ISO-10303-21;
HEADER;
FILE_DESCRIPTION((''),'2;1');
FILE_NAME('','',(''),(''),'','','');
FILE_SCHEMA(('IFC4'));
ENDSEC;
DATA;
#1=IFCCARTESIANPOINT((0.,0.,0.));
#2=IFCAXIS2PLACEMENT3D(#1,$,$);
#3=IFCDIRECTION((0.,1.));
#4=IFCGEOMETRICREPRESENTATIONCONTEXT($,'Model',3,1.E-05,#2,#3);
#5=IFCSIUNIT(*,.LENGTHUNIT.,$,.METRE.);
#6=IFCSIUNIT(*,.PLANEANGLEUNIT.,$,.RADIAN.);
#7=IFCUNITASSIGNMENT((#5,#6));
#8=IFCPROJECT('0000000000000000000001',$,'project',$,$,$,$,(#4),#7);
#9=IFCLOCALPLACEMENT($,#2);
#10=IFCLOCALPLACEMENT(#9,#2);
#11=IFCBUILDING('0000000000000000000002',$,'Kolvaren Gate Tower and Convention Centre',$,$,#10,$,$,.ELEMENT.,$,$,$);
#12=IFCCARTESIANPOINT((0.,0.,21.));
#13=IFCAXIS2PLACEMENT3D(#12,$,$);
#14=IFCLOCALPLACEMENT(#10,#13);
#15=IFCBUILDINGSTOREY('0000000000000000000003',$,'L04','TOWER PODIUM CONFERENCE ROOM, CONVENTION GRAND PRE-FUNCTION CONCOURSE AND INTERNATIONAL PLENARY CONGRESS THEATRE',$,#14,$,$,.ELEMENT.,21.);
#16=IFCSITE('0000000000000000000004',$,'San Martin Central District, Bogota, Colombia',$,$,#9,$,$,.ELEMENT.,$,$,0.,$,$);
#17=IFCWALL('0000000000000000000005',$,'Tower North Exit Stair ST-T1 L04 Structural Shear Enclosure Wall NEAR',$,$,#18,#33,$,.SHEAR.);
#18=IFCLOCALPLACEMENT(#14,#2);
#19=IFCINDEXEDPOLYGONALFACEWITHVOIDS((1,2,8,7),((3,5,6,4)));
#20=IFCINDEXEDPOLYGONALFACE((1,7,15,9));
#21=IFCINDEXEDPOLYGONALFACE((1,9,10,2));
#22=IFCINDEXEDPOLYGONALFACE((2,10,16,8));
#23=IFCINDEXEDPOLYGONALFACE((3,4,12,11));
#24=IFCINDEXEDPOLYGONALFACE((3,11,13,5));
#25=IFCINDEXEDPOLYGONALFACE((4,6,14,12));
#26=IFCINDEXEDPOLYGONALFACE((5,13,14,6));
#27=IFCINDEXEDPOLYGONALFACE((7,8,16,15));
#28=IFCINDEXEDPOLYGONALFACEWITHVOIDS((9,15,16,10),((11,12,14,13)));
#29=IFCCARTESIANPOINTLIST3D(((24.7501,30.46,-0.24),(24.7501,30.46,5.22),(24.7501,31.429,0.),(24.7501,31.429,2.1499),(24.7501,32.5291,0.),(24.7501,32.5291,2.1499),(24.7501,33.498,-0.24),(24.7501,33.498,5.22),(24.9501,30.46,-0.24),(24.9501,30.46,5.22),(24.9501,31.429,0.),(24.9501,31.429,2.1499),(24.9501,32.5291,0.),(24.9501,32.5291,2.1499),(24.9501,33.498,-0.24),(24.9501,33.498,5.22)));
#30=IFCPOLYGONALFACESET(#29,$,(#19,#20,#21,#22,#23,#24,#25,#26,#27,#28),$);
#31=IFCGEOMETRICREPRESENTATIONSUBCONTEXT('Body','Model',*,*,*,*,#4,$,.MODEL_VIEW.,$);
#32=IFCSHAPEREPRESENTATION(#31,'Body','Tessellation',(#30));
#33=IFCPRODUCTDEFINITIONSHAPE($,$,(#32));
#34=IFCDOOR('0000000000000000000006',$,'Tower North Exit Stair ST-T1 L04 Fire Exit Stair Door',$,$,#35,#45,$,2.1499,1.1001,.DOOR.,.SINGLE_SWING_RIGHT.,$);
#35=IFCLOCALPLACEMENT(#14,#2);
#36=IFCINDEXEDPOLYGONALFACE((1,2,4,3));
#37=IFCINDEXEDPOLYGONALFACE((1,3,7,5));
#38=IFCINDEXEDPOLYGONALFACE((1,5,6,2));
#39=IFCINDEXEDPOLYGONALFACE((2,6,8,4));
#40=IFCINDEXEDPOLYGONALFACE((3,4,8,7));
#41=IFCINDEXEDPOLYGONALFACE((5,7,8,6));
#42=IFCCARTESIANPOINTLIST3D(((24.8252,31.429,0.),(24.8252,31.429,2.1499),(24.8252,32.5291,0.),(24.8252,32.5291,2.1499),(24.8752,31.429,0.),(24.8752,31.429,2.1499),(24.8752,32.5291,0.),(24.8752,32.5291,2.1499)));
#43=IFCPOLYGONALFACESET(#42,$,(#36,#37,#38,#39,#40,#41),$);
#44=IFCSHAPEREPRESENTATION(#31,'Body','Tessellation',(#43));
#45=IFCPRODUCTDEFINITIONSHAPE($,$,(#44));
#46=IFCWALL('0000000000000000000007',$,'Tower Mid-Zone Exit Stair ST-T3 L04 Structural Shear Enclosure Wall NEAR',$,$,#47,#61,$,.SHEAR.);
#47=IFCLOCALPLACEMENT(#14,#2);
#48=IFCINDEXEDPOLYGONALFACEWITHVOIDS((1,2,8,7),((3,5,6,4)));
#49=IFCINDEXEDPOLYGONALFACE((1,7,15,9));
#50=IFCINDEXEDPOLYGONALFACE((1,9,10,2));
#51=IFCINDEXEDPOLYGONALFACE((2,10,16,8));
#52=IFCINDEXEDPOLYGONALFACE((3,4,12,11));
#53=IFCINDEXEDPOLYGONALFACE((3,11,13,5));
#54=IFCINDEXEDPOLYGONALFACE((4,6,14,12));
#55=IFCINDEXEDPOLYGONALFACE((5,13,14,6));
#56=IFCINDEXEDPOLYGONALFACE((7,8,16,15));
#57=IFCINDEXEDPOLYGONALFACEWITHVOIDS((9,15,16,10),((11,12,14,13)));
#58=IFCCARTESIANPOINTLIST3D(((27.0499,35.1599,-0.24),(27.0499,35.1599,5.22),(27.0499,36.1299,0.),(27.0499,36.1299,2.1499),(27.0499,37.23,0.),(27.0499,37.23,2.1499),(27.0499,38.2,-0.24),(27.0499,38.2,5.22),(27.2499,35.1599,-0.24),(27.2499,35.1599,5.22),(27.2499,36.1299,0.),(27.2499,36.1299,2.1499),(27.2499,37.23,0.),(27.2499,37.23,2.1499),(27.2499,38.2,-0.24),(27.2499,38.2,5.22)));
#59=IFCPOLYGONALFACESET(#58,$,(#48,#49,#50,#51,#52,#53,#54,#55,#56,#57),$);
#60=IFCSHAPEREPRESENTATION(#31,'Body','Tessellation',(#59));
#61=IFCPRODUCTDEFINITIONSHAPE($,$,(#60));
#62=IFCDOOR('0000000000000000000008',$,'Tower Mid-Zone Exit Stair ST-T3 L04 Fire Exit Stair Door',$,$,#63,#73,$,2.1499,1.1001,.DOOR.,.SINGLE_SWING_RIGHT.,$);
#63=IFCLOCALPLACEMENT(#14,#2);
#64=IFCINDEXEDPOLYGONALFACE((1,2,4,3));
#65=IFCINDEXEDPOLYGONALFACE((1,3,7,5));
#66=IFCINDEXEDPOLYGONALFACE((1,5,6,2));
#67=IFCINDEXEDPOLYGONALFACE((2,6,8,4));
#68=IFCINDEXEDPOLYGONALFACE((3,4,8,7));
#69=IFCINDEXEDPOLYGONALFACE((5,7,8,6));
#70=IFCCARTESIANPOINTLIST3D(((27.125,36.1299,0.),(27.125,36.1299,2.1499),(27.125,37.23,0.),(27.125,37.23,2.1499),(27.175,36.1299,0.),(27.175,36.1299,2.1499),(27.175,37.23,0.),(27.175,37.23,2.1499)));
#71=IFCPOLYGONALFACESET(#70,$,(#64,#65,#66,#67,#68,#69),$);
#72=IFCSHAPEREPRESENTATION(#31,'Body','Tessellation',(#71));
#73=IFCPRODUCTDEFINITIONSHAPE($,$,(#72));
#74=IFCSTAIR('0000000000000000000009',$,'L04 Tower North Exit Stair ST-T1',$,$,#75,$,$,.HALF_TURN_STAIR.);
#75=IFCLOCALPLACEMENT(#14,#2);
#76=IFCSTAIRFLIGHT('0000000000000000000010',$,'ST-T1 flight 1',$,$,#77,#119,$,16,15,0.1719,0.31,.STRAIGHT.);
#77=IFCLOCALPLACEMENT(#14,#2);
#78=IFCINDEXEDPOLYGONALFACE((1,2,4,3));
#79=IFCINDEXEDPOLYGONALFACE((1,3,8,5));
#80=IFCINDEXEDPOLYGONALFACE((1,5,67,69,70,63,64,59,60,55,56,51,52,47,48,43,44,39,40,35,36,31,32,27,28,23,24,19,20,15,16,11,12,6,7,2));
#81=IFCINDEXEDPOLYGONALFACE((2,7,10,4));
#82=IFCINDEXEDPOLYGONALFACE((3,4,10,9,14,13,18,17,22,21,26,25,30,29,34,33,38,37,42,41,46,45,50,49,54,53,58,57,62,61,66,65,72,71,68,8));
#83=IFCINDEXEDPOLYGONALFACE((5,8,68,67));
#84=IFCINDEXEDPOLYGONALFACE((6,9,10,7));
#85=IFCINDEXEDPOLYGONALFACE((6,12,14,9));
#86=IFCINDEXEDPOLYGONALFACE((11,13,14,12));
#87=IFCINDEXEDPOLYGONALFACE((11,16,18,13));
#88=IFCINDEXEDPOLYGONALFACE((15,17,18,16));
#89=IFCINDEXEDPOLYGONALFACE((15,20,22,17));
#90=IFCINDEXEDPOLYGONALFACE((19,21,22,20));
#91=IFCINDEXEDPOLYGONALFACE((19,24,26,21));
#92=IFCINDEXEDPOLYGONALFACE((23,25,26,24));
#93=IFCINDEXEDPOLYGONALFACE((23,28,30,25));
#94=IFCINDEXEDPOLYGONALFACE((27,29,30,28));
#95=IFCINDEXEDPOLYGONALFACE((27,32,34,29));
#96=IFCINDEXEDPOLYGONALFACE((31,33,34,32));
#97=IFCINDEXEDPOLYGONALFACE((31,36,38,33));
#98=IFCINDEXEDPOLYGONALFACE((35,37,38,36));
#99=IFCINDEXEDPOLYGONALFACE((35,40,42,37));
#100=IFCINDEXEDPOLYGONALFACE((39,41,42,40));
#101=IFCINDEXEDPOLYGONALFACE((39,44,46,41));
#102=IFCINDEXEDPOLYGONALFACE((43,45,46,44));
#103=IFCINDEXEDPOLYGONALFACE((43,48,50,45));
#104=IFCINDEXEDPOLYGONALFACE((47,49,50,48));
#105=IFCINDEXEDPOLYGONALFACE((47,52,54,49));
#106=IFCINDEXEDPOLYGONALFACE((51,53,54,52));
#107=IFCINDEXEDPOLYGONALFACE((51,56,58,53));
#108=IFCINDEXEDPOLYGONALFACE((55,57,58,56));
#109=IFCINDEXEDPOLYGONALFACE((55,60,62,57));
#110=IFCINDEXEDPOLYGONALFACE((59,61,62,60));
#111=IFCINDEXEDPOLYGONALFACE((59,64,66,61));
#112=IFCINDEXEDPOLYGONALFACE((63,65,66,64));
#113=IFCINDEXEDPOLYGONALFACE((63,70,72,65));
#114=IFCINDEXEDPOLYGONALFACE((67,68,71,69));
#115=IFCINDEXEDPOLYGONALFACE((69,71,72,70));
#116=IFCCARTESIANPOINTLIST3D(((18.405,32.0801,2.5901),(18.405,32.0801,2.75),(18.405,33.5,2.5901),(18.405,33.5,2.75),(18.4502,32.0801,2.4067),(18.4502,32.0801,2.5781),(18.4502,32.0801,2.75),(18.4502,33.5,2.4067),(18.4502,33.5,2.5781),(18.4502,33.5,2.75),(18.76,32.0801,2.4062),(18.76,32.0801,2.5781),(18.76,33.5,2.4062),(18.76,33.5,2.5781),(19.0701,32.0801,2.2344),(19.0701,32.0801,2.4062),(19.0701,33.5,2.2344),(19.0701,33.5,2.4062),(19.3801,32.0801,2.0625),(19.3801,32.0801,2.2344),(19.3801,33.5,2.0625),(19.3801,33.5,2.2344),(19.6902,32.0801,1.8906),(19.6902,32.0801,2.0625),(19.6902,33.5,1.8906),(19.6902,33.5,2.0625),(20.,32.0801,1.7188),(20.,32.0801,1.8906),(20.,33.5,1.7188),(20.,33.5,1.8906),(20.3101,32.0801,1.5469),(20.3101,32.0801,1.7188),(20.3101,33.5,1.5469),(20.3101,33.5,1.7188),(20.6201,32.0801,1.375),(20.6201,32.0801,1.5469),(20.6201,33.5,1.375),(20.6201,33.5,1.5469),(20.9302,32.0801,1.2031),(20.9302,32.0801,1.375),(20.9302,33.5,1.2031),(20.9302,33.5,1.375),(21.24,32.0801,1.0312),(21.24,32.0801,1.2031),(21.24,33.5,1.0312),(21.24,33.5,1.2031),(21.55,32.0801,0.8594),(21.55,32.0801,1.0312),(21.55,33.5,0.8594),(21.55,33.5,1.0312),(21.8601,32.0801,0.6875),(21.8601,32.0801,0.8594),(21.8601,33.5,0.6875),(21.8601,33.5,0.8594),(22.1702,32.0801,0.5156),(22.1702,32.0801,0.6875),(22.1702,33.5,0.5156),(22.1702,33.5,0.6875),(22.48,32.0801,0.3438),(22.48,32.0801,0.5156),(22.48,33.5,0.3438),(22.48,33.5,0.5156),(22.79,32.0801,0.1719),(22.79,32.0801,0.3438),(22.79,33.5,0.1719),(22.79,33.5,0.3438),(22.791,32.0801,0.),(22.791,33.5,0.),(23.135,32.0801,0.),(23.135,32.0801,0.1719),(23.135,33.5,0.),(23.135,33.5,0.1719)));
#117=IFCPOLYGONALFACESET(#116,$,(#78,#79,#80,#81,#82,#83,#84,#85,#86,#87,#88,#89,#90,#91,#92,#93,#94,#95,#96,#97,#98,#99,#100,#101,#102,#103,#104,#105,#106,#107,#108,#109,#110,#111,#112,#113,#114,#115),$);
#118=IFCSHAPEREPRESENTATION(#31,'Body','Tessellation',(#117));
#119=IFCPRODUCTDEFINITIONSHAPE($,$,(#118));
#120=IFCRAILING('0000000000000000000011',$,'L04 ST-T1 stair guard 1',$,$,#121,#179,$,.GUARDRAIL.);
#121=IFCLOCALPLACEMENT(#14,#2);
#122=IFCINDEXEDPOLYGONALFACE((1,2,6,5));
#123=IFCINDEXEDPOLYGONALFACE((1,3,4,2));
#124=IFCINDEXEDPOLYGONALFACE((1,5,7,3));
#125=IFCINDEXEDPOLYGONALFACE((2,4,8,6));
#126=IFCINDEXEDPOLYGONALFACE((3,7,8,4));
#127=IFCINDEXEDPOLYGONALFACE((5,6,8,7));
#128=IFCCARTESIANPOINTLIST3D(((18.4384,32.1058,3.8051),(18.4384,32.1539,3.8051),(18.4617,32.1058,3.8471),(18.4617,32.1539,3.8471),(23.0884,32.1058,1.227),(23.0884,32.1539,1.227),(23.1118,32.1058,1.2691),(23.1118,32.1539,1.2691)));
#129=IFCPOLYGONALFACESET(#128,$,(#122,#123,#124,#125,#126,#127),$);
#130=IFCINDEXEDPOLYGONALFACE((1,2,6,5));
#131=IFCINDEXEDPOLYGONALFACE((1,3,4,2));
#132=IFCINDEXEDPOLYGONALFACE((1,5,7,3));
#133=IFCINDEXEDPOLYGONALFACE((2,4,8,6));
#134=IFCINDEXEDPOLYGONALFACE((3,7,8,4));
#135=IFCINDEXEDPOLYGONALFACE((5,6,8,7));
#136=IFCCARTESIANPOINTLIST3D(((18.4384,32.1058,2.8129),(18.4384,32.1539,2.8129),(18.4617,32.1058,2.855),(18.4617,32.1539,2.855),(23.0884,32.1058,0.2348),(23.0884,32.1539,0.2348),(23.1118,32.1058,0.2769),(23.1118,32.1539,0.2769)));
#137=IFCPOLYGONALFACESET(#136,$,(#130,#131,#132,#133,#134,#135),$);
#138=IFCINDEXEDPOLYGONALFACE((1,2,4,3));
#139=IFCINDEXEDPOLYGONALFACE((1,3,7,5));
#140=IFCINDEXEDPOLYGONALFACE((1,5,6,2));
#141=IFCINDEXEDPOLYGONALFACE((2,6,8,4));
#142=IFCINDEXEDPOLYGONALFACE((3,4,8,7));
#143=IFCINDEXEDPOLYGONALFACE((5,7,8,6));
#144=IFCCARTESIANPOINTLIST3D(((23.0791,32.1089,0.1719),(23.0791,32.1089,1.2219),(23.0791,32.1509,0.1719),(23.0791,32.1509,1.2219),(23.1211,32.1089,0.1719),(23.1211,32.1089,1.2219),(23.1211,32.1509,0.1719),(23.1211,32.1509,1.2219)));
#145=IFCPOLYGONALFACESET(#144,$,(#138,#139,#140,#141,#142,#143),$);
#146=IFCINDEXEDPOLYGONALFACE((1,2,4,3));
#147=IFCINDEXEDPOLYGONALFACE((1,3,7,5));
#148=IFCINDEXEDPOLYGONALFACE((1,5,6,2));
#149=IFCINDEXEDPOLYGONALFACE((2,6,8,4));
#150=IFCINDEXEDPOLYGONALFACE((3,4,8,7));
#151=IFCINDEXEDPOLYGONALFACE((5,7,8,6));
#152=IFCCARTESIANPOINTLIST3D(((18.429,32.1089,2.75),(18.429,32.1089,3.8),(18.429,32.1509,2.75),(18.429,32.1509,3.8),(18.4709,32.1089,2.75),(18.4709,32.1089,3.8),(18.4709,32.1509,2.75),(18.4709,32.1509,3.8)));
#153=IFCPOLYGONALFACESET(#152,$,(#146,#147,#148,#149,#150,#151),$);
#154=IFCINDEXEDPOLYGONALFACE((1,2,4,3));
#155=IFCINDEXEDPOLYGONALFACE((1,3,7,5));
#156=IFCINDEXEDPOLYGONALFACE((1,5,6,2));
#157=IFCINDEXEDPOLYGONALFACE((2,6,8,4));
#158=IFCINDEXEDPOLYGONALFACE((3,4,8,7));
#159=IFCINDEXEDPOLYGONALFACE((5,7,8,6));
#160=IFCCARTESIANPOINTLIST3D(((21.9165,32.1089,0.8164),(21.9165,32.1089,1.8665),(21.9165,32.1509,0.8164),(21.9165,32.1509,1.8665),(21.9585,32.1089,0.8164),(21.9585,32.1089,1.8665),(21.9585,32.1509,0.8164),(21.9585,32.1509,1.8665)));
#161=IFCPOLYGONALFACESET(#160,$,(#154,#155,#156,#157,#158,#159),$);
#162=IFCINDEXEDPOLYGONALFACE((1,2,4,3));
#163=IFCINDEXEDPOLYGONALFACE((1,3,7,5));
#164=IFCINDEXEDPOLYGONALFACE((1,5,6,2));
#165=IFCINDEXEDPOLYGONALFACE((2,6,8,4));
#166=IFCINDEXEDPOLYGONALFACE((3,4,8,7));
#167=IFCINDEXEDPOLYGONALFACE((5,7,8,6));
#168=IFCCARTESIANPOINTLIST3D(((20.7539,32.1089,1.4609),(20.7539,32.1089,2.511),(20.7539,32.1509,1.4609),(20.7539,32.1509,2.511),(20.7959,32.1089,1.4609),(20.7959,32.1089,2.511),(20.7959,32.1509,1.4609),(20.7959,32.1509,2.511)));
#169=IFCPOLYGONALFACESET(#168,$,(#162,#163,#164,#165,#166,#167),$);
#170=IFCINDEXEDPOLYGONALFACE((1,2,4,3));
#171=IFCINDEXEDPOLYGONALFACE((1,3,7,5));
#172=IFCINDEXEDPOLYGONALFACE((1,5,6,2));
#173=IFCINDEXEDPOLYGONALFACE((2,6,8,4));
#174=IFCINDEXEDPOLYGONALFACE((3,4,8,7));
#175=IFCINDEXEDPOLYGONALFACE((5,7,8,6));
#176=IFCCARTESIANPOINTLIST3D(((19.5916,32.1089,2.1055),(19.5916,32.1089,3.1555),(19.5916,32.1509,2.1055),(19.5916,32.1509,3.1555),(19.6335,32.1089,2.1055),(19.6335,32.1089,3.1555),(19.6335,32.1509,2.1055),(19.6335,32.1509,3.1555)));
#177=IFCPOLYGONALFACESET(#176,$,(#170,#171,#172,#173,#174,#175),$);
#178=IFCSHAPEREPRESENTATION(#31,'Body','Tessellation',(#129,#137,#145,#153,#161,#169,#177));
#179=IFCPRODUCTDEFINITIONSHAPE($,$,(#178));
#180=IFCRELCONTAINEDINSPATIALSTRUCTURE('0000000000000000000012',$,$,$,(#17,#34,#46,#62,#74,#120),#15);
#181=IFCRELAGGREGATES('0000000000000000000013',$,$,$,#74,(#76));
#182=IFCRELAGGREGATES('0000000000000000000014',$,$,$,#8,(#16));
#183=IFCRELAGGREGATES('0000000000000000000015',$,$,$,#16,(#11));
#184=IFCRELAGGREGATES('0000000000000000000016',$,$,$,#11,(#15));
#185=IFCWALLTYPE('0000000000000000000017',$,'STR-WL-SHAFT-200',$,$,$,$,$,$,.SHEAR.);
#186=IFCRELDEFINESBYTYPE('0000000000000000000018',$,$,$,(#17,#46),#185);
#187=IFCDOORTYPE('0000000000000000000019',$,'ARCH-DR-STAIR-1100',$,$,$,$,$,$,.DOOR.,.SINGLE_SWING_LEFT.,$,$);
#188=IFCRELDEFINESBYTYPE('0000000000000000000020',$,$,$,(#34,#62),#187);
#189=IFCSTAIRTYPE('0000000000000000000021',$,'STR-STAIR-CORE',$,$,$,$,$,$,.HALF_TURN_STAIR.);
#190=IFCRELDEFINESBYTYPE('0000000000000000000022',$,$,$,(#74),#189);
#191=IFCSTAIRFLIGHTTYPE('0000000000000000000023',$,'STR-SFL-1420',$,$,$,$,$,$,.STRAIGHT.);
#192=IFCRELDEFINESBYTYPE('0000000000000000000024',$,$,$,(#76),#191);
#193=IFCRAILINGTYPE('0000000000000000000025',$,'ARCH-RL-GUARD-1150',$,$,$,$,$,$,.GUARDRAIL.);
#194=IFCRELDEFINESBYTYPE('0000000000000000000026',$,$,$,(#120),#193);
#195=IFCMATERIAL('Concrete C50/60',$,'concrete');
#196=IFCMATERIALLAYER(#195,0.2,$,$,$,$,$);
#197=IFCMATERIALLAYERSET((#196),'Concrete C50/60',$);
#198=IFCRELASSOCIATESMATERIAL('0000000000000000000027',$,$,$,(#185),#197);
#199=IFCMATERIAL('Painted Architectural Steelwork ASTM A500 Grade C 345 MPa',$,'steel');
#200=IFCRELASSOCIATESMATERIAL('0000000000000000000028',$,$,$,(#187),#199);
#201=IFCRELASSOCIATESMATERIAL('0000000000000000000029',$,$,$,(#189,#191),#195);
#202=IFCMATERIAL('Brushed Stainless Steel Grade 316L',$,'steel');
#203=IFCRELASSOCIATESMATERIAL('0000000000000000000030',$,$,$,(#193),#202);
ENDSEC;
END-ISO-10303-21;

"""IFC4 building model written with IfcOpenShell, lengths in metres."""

from ifc_helpers import new_model, si_unit, direction, frame, frame_2d, origin, origin_2d, place, context, subcontext, project, spatial, polyline, rectangle, outline, extrude, material, layer, layer_set, type_object, element, fill, aggregate, save


model = new_model("IFC4")

# Units and contexts
model_context = context("Model", 3, precision=1e-05, world=origin(), true_north=direction((0.0, 1.0)))
body_context = subcontext(model_context, "Body", "Model", "MODEL_VIEW")
ifc_project = project(units=[si_unit("LENGTHUNIT", "METRE"), si_unit("PLANEANGLEUNIT", "RADIAN")], contexts=[model_context])

# Site, building, storey
site_placement = place(None, origin())
site = spatial("IfcSite", under=ifc_project, at=site_placement, Name="San Martin Central District, Bogota, Colombia", CompositionType="ELEMENT", RefElevation=0.0)
building_placement = place(site_placement, origin())
building = spatial("IfcBuilding", under=site, at=building_placement, Name="Kolvaren Gate Tower and Convention Centre", CompositionType="ELEMENT")
storey_placement = place(building_placement, frame((0.0, 0.0, 21.0)))
storey = spatial("IfcBuildingStorey", under=building, at=storey_placement, Name="L04", Description="TOWER PODIUM CONFERENCE ROOM, CONVENTION GRAND PRE-FUNCTION CONCOURSE AND INTERNATIONAL PLENARY CONGRESS THEATRE", CompositionType="ELEMENT", Elevation=21.0)

# Shared definitions
ifc_material_1 = material(Name="Brushed Stainless Steel Grade 316L", Category="steel")

# Walls, openings, doors
ifc_material_2 = material(Name="Concrete C50/60", Category="concrete")
ifc_layer_1 = layer(ifc_material_2, 0.2)
ifc_layer_set_1 = layer_set([ifc_layer_1], Name="Concrete C50/60")
wall_type_1 = type_object("IfcWallType", Name="STR-WL-SHAFT-200", PredefinedType="SHEAR", material=ifc_layer_set_1)
wall_1_placement = place(storey_placement, frame((24.8501, 30.46, -0.24), z_axis=(0.0, 0.0, 1.0), x_axis=(0.0, 1.0, 0.0)))
wall_1 = element("IfcWall", 1, at=wall_1_placement, inside=storey, type_object=wall_type_1, Name="Tower North Exit Stair ST-T1 L04 Structural Shear Enclosure Wall NEAR", PredefinedType="SHEAR", context=body_context, shape_type="SweptSolid", body=[
    extrude(rectangle(XDim=3.0381, YDim=0.2, at=frame_2d((1.519, 0.0))), origin(), (0.0, 0.0, 1.0), 5.46),
])
opening_1_placement = place(wall_1_placement, frame((0.969, 0.0, 0.24)))
opening_1 = element("IfcOpeningElement", 2, at=opening_1_placement, cuts=wall_1, PredefinedType="OPENING", context=body_context, shape_type="SweptSolid", body=[
    extrude(rectangle(XDim=1.1001, YDim=2.1499, at=frame_2d((0.55, 1.075))), frame((0.0, 0.1099, 0.0), z_axis=(0.0, -1.0, 0.0), x_axis=(1.0, 0.0, 0.0)), (0.0, 0.0, 1.0), 0.22),
])
ifc_material_3 = material(Name="Painted Architectural Steelwork ASTM A500 Grade C 345 MPa", Category="steel")
door_type_1 = type_object("IfcDoorType", Name="ARCH-DR-STAIR-1100", OperationType="SINGLE_SWING_LEFT", PredefinedType="DOOR", material=ifc_material_3)
door_1_placement = place(opening_1_placement, origin())
door_1 = element("IfcDoor", 3, at=door_1_placement, inside=storey, type_object=door_type_1, Name="Tower North Exit Stair ST-T1 L04 Fire Exit Stair Door", OperationType="SINGLE_SWING_RIGHT", OverallHeight=2.1499, OverallWidth=1.1001, PredefinedType="DOOR", context=body_context, shape_type="SweptSolid", body=[
    extrude(rectangle(XDim=1.1001, YDim=2.1499, at=frame_2d((0.55, 1.075))), frame((0.0, 0.0249, 0.0), z_axis=(0.0, -1.0, 0.0), x_axis=(1.0, 0.0, 0.0)), (0.0, 0.0, 1.0), 0.05),
])
fill(opening_1, door_1)
wall_2_placement = place(storey_placement, frame((27.1499, 35.1599, -0.24), z_axis=(0.0, 0.0, 1.0), x_axis=(0.0, 1.0, 0.0)))
wall_2 = element("IfcWall", 4, at=wall_2_placement, inside=storey, type_object=wall_type_1, Name="Tower Mid-Zone Exit Stair ST-T3 L04 Structural Shear Enclosure Wall NEAR", PredefinedType="SHEAR", context=body_context, shape_type="SweptSolid", body=[
    extrude(rectangle(XDim=3.04, YDim=0.2, at=frame_2d((1.52, 0.0))), origin(), (0.0, 0.0, 1.0), 5.46),
])
opening_2_placement = place(wall_2_placement, frame((0.97, 0.0, 0.24)))
opening_2 = element("IfcOpeningElement", 5, at=opening_2_placement, cuts=wall_2, PredefinedType="OPENING", context=body_context, shape_type="SweptSolid", body=[
    extrude(rectangle(XDim=1.1001, YDim=2.1499, at=frame_2d((0.55, 1.075))), frame((0.0, 0.1099, 0.0), z_axis=(0.0, -1.0, 0.0), x_axis=(1.0, 0.0, 0.0)), (0.0, 0.0, 1.0), 0.22),
])
door_2_placement = place(opening_2_placement, origin())
door_2 = element("IfcDoor", 6, at=door_2_placement, inside=storey, type_object=door_type_1, Name="Tower Mid-Zone Exit Stair ST-T3 L04 Fire Exit Stair Door", OperationType="SINGLE_SWING_RIGHT", OverallHeight=2.1499, OverallWidth=1.1001, PredefinedType="DOOR", context=body_context, shape_type="SweptSolid", body=[
    extrude(rectangle(XDim=1.1001, YDim=2.1499, at=frame_2d((0.55, 1.075))), frame((0.0, 0.0249, 0.0), z_axis=(0.0, -1.0, 0.0), x_axis=(1.0, 0.0, 0.0)), (0.0, 0.0, 1.0), 0.05),
])
fill(opening_2, door_2)

# Stair, stair flight
stair_type = type_object("IfcStairType", Name="STR-STAIR-CORE", PredefinedType="HALF_TURN_STAIR", material=ifc_material_2)
stair_placement = place(storey_placement, origin())
stair = element("IfcStair", 7, at=stair_placement, inside=storey, type_object=stair_type, Name="L04 Tower North Exit Stair ST-T1", PredefinedType="HALF_TURN_STAIR")
stair_flight_type = type_object("IfcStairFlightType", Name="STR-SFL-1420", PredefinedType="STRAIGHT", material=ifc_material_2)
stair_flight_placement = place(storey_placement, frame((23.1001, 32.79, 0.0), z_axis=(0.0, 0.0, 1.0), x_axis=(-1.0, 0.0, 0.0)))
stair_flight = element("IfcStairFlight", 8, at=stair_flight_placement, type_object=stair_flight_type, Name="ST-T1 flight 1", NumberOfRisers=16, NumberOfTreads=15, PredefinedType="STRAIGHT", RiserHeight=0.1719, TreadLength=0.31, context=body_context, shape_type="SweptSolid", body=[
    extrude(outline(polyline([(-0.0349, 0.0), (-0.0349, 0.1719), (0.3101, 0.1719), (0.3101, 0.3438), (0.6201, 0.3438), (0.6201, 0.5156), (0.9299, 0.5156), (0.9299, 0.6875), (1.24, 0.6875), (1.24, 0.8594), (1.55, 0.8594), (1.55, 1.0312), (1.8601, 1.0312), (1.8601, 1.2031), (2.1699, 1.2031), (2.1699, 1.375), (2.48, 1.375), (2.48, 1.5469), (2.79, 1.5469), (2.79, 1.7188), (3.1001, 1.7188), (3.1001, 1.8906), (3.4099, 1.8906), (3.4099, 2.0625), (3.72, 2.0625), (3.72, 2.2344), (4.03, 2.2344), (4.03, 2.4062), (4.3401, 2.4062), (4.3401, 2.5781), (4.6499, 2.5781), (4.6499, 2.75), (4.6951, 2.75), (4.6951, 2.5901), (4.6499, 2.4067), (0.3091, 0.0), (-0.0349, 0.0)])), frame((0.0, 0.71, 0.0), z_axis=(0.0, -1.0, 0.0), x_axis=(1.0, 0.0, 0.0)), (0.0, 0.0, 1.0), 1.4199),
])
aggregate(stair, [stair_flight])

# Railing
railing_type_1 = type_object("IfcRailingType", Name="ARCH-RL-GUARD-1150", PredefinedType="GUARDRAIL", material=ifc_material_1)
railing_1_placement = place(storey_placement, frame((23.1001, 32.1299, 0.1719)))
element("IfcRailing", 9, at=railing_1_placement, inside=storey, type_object=railing_type_1, Name="L04 ST-T1 stair guard 1", PredefinedType="GUARDRAIL", context=body_context, shape_type="SweptSolid", body=[
    extrude(rectangle(XDim=0.0481, YDim=0.0481, at=origin_2d()), frame((0.0, 0.0, 1.0762), z_axis=(-0.874579, 0.0, 0.484883), x_axis=(0.0, -1.0, 0.0)), (0.0, 0.0, 1.0), 5.3169),
    extrude(rectangle(XDim=0.0481, YDim=0.0481, at=origin_2d()), frame((0.0, 0.0, 0.084), z_axis=(-0.874579, 0.0, 0.484883), x_axis=(0.0, -1.0, 0.0)), (0.0, 0.0, 1.0), 5.3169),
    extrude(rectangle(XDim=0.042, YDim=0.042, at=origin_2d()), origin(), (0.0, 0.0, 1.0), 1.05),
    extrude(rectangle(XDim=0.042, YDim=0.042, at=origin_2d()), frame((-4.6501, 0.0, 2.5781)), (0.0, 0.0, 1.0), 1.05),
    extrude(rectangle(XDim=0.042, YDim=0.042, at=origin_2d()), frame((-1.1626, 0.0, 0.6445)), (0.0, 0.0, 1.0), 1.05),
    extrude(rectangle(XDim=0.042, YDim=0.042, at=origin_2d()), frame((-2.3252, 0.0, 1.2891)), (0.0, 0.0, 1.0), 1.05),
    extrude(rectangle(XDim=0.042, YDim=0.042, at=origin_2d()), frame((-3.4875, 0.0, 1.9336)), (0.0, 0.0, 1.0), 1.05),
])

save(model, "model.ifc")
